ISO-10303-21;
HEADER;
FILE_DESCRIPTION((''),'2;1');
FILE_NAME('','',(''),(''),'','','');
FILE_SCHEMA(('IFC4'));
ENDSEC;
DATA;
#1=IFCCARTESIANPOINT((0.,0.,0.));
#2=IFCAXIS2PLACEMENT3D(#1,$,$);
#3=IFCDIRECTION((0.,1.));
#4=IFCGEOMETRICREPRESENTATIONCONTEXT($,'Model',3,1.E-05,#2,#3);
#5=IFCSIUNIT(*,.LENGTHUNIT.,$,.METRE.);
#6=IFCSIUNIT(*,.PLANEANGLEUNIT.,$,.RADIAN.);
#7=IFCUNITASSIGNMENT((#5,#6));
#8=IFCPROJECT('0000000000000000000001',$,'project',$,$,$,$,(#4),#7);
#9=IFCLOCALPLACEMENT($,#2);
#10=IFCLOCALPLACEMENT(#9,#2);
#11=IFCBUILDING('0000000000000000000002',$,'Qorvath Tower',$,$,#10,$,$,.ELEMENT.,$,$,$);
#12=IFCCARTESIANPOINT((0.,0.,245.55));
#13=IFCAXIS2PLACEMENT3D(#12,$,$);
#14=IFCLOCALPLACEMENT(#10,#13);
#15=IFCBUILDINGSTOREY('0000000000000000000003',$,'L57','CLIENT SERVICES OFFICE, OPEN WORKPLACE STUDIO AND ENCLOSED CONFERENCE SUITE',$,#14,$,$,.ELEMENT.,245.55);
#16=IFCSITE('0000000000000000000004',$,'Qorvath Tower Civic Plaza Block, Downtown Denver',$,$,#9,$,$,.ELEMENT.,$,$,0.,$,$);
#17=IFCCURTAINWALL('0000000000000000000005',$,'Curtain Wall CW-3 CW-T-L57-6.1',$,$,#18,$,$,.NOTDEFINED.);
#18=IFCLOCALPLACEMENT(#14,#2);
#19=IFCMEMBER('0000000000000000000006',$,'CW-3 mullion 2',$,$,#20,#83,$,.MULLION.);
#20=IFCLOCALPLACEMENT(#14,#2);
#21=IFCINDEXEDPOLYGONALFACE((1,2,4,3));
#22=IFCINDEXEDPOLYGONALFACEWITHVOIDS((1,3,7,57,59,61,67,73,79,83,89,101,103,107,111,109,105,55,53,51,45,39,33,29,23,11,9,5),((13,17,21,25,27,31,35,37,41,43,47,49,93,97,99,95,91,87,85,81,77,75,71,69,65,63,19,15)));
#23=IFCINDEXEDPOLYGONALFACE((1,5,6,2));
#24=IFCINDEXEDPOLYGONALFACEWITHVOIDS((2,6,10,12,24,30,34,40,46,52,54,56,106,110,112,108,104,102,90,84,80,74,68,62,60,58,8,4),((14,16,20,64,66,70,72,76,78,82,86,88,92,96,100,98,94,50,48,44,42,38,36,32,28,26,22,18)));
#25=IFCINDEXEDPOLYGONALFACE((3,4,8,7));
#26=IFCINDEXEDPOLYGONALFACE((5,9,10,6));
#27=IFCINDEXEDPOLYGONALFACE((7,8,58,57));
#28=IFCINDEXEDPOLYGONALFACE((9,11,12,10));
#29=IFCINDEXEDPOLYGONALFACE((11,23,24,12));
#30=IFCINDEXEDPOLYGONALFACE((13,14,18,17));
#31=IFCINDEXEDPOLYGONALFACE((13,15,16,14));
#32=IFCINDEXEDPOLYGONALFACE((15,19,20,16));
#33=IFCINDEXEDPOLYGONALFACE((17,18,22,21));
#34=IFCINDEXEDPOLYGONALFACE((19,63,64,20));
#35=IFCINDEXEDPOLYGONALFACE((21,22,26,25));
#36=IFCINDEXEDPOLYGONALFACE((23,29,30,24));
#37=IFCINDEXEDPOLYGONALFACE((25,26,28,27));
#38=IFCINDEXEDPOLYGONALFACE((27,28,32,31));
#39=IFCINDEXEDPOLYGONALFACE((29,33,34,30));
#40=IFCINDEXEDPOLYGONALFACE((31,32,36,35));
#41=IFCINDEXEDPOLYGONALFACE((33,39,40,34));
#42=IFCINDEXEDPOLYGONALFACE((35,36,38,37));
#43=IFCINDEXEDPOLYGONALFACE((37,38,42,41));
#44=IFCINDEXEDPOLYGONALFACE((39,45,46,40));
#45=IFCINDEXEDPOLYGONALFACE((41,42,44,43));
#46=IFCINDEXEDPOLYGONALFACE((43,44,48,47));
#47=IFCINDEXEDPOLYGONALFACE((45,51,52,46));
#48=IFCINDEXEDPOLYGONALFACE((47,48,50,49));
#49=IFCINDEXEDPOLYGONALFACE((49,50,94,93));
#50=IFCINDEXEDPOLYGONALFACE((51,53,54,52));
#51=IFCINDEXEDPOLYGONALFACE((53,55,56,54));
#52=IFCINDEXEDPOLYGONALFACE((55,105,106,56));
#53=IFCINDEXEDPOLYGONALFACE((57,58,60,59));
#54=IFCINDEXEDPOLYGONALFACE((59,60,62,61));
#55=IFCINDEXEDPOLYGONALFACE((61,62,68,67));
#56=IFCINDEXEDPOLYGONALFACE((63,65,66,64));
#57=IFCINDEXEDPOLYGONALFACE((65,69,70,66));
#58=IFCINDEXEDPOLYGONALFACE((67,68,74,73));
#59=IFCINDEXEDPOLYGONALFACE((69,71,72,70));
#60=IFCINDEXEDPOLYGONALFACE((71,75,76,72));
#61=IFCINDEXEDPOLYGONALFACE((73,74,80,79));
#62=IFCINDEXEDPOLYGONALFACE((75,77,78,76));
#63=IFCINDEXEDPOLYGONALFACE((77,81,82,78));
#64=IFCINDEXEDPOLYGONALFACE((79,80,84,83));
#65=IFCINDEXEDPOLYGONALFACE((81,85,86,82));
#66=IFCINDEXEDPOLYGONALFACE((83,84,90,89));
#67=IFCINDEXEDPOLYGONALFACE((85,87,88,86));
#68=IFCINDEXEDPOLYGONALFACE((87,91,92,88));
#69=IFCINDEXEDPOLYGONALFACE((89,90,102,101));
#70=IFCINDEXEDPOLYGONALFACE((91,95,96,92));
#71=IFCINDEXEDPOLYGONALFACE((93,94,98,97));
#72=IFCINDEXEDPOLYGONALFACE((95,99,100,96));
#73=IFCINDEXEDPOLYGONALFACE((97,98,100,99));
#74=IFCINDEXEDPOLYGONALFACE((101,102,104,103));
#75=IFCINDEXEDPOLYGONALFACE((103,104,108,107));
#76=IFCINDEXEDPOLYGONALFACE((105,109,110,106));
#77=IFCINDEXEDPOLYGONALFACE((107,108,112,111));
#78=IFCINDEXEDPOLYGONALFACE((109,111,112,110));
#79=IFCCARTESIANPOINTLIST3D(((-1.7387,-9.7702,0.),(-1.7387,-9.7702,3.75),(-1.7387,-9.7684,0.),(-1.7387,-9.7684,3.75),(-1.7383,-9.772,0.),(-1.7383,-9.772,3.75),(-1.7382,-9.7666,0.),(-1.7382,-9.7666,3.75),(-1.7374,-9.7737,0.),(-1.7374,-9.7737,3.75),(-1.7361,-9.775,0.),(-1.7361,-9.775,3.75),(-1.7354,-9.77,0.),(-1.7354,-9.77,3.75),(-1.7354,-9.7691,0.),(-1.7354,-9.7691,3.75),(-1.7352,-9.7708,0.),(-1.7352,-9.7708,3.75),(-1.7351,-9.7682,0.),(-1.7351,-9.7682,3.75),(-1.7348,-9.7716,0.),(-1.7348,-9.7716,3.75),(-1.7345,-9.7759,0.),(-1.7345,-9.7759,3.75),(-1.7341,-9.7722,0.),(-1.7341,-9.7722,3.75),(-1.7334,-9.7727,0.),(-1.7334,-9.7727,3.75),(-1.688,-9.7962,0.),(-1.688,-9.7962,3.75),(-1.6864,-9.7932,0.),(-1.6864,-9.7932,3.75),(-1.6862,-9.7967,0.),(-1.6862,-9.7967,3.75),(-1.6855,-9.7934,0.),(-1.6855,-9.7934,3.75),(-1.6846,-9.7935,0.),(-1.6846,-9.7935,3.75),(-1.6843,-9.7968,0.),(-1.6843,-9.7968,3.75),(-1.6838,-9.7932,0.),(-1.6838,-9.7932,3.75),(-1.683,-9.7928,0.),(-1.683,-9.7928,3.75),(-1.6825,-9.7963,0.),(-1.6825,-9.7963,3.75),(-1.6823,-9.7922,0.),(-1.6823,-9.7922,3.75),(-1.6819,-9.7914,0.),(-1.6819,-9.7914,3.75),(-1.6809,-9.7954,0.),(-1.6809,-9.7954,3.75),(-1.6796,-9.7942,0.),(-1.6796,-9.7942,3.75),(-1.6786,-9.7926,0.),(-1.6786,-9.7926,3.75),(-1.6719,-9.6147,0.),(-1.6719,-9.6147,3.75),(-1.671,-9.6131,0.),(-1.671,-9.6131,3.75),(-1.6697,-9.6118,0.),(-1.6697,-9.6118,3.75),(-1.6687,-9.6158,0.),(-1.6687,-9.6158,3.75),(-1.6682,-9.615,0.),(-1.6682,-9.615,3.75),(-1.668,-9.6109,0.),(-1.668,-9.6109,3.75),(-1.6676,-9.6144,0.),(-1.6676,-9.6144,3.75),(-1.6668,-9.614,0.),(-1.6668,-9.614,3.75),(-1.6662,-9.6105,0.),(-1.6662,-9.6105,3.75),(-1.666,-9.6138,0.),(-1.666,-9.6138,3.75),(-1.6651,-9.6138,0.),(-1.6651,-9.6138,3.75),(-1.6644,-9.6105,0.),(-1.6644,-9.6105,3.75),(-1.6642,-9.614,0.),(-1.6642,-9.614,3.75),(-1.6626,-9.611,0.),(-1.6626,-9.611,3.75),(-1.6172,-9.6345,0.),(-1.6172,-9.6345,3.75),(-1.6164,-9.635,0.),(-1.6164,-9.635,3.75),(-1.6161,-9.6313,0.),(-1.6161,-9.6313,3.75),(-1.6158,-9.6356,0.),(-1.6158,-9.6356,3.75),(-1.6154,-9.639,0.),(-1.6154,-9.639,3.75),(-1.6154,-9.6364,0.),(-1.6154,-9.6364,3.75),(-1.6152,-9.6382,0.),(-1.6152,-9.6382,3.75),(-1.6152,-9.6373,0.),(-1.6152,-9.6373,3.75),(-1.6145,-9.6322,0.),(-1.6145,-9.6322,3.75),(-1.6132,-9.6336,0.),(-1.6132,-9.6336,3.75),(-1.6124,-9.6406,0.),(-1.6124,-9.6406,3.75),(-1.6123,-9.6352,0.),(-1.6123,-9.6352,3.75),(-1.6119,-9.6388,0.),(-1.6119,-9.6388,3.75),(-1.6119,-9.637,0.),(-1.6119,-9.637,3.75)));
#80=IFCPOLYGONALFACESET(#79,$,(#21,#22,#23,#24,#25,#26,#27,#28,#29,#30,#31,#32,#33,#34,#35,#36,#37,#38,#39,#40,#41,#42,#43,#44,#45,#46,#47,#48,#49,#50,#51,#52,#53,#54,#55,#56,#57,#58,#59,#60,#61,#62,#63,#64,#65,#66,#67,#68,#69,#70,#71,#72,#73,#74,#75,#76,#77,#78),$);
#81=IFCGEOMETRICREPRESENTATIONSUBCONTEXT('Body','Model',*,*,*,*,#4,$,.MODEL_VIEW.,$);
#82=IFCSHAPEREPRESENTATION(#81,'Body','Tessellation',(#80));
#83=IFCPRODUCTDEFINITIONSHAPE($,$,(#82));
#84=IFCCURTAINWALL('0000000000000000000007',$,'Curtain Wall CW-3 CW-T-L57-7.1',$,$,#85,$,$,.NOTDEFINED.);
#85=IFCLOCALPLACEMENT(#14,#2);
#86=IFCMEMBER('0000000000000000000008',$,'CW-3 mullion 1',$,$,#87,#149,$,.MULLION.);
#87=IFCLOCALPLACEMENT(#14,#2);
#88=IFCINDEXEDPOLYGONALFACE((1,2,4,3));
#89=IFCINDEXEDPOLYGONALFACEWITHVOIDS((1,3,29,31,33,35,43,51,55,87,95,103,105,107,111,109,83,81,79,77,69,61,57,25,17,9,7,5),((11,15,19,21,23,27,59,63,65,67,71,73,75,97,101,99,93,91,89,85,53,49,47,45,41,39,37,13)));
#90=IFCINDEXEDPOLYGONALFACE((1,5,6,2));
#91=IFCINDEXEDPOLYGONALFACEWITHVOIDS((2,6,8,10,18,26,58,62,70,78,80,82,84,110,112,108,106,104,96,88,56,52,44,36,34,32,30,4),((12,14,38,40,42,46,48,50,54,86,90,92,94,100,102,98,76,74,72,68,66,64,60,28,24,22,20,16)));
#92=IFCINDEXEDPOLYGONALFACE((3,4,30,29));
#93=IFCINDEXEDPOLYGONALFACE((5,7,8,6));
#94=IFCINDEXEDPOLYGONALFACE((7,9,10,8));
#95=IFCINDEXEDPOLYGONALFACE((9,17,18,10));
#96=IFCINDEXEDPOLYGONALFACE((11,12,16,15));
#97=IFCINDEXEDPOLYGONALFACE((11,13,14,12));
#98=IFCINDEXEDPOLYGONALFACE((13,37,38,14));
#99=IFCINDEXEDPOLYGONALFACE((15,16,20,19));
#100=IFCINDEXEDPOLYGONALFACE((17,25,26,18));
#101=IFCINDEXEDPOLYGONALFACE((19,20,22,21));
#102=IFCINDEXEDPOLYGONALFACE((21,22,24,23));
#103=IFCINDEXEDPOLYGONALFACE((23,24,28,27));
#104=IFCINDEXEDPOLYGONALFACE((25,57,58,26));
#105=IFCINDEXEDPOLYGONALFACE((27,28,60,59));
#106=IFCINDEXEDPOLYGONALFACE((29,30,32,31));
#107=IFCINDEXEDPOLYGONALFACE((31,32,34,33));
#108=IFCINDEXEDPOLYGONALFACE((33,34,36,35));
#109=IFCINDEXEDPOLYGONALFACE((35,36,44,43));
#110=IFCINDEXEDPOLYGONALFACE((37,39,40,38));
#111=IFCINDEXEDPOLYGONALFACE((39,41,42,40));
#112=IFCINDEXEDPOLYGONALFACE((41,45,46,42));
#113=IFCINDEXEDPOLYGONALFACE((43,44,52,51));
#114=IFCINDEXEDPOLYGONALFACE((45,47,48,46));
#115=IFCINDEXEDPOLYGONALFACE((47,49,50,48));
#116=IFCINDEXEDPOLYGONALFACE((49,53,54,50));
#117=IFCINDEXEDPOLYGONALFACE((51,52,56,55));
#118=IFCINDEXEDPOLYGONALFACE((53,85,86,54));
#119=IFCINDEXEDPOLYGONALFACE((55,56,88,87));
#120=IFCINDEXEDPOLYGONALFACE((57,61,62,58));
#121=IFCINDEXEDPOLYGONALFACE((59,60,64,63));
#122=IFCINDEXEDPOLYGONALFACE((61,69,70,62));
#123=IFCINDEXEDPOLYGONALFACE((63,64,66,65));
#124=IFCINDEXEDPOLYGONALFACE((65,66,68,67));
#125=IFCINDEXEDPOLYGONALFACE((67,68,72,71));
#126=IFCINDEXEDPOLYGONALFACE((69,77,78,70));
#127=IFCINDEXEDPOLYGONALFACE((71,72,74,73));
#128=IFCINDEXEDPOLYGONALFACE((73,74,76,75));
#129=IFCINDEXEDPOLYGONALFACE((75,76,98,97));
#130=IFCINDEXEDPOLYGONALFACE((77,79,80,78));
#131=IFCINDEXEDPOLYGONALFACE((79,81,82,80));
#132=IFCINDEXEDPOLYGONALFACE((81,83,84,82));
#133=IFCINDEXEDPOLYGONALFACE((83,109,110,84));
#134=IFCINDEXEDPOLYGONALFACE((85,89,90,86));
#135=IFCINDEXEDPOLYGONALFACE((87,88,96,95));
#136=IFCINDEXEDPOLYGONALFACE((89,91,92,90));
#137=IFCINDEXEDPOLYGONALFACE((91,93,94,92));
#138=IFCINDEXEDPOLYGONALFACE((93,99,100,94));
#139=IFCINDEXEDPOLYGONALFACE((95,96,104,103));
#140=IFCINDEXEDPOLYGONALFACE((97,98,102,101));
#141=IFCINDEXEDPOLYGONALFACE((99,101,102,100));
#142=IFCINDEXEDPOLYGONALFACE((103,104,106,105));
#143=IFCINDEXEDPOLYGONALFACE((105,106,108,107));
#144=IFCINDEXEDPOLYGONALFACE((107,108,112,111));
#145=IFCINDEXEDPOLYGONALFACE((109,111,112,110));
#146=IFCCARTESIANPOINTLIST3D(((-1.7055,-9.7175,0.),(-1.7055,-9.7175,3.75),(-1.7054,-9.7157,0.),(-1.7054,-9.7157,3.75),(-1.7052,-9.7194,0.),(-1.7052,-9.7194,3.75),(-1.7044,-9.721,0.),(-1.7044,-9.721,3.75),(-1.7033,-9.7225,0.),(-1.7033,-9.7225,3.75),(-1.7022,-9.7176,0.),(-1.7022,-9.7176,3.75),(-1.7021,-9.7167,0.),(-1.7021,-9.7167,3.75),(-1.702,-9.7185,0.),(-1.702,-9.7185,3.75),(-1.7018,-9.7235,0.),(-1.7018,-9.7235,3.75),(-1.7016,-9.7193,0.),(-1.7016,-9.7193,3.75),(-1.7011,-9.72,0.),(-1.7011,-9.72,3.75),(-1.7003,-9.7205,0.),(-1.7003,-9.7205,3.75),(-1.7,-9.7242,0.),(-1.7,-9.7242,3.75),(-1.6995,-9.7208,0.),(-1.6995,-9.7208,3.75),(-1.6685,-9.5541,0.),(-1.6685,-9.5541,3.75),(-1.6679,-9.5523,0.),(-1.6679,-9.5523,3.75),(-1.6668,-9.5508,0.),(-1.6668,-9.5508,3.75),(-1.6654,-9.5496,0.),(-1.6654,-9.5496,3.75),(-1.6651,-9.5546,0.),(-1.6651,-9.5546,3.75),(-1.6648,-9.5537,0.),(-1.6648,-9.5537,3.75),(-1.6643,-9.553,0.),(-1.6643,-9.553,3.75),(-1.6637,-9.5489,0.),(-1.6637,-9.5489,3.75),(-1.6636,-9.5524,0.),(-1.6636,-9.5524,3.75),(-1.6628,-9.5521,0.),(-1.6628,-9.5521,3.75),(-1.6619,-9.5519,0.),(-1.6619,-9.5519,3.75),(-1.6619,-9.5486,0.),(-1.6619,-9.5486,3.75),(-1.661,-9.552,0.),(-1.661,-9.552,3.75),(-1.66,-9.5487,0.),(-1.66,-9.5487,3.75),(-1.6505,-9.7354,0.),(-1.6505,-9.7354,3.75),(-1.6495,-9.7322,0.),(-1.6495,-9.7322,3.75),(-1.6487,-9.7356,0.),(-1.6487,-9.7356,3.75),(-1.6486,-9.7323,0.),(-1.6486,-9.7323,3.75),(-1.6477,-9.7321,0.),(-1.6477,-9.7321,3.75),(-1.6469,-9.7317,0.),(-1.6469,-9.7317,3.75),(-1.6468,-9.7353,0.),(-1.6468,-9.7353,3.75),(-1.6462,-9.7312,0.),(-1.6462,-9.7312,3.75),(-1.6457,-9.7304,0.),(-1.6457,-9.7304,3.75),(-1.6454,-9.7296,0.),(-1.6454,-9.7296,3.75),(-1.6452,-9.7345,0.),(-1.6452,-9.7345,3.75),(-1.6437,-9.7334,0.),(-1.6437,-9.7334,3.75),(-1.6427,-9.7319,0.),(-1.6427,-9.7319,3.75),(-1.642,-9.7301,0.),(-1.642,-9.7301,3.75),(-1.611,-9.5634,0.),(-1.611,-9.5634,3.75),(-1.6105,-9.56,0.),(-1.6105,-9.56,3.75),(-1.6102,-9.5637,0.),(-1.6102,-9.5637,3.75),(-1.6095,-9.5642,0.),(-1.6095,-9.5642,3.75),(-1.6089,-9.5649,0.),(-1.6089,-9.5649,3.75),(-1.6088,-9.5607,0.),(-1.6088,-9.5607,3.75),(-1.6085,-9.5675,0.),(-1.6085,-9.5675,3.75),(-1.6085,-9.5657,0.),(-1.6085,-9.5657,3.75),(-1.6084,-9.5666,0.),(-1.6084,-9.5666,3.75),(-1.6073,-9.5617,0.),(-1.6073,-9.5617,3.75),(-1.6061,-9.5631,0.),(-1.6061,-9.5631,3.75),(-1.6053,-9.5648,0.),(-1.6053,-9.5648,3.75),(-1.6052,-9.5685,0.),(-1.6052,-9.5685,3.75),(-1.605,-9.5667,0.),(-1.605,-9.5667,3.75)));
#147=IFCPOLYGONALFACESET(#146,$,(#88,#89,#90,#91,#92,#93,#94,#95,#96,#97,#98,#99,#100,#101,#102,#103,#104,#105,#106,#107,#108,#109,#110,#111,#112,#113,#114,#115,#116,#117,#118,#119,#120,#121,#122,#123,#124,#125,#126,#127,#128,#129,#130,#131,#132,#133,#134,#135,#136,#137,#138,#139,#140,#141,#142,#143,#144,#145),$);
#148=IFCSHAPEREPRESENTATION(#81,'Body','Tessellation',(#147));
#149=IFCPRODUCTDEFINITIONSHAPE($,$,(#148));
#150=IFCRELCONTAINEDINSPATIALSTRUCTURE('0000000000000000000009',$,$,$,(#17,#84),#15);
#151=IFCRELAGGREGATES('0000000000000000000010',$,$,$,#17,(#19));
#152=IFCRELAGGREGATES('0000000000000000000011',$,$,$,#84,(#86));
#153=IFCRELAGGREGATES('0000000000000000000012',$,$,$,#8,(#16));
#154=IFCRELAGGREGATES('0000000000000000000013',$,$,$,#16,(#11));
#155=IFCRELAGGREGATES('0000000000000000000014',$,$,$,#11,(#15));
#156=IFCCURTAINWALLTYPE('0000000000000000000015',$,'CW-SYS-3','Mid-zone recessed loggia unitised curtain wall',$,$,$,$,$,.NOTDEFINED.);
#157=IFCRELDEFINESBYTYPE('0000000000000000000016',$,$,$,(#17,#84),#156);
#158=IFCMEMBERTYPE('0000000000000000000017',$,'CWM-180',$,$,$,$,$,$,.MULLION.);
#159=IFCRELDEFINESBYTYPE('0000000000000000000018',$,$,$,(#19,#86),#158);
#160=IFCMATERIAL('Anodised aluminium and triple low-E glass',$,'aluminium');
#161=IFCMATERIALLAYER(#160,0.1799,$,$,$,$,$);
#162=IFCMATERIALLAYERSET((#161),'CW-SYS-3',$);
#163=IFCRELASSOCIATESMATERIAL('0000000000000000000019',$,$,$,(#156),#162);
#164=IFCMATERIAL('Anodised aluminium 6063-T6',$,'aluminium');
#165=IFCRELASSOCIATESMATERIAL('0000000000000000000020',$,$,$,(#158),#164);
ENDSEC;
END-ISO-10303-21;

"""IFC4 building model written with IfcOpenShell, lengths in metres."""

from ifc_helpers import new_model, si_unit, direction, frame, origin, origin_2d, place, context, subcontext, project, spatial, hollow_rectangle, extrude, material, layer, layer_set, material_profile, profile_set, type_object, element, aggregate, save


model = new_model("IFC4")

# Units and contexts
model_context = context("Model", 3, precision=1e-05, world=origin(), true_north=direction((0.0, 1.0)))
body_context = subcontext(model_context, "Body", "Model", "MODEL_VIEW")
ifc_project = project(units=[si_unit("LENGTHUNIT", "METRE"), si_unit("PLANEANGLEUNIT", "RADIAN")], contexts=[model_context])

# Site, building, storey
site_placement = place(None, origin())
site = spatial("IfcSite", under=ifc_project, at=site_placement, Name="Qorvath Tower Civic Plaza Block, Downtown Denver", CompositionType="ELEMENT", RefElevation=0.0)
building_placement = place(site_placement, origin())
building = spatial("IfcBuilding", under=site, at=building_placement, Name="Qorvath Tower", CompositionType="ELEMENT")
storey_placement = place(building_placement, frame((0.0, 0.0, 245.55)))
storey = spatial("IfcBuildingStorey", under=building, at=storey_placement, Name="L57", Description="CLIENT SERVICES OFFICE, OPEN WORKPLACE STUDIO AND ENCLOSED CONFERENCE SUITE", CompositionType="ELEMENT", Elevation=245.55)

# Curtain wall, member
ifc_material_1 = material(Name="Anodised aluminium and triple low-E glass", Category="aluminium")
ifc_layer_1 = layer(ifc_material_1, 0.1799)
ifc_layer_set_1 = layer_set([ifc_layer_1], Name="CW-SYS-3")
curtain_wall_type = type_object("IfcCurtainWallType", Name="CW-SYS-3", Description="Mid-zone recessed loggia unitised curtain wall", PredefinedType="NOTDEFINED", material=ifc_layer_set_1)
curtain_wall_1_placement = place(storey_placement, origin())
curtain_wall_1 = element("IfcCurtainWall", 1, at=curtain_wall_1_placement, inside=storey, type_object=curtain_wall_type, Name="Curtain Wall CW-3 CW-T-L57-6.1", PredefinedType="NOTDEFINED")
ifc_material_2 = material(Name="Anodised aluminium 6063-T6", Category="aluminium")
ifc_material_profile_1 = material_profile(ifc_material_2, hollow_rectangle(XDim=0.0649, YDim=0.1799, WallThickness=0.0034, InnerFilletRadius=0.0034, OuterFilletRadius=0.0071, at=origin_2d()), Name="CWM 180x65")
ifc_profile_set_1 = profile_set([ifc_material_profile_1], Name="Anodised aluminium 6063-T6")
member_type_1 = type_object("IfcMemberType", Name="CWM-180", PredefinedType="MULLION", material=ifc_profile_set_1)
member_1_placement = place(storey_placement, frame((-1.6753, -9.7036, 0.0), z_axis=(0.0, 0.0, 1.0), x_axis=(-0.9167, 0.399576, 0.0)))
member_1 = element("IfcMember", 2, at=member_1_placement, type_object=member_type_1, Name="CW-3 mullion 2", PredefinedType="MULLION", context=body_context, shape_type="SweptSolid", body=[
    extrude(hollow_rectangle(XDim=0.0649, YDim=0.1799, WallThickness=0.0034, InnerFilletRadius=0.0034, OuterFilletRadius=0.0071, at=origin_2d()), origin(), (0.0, 0.0, 1.0), 3.75),
])

# Curtain wall, member
curtain_wall_2_placement = place(storey_placement, origin())
curtain_wall_2 = element("IfcCurtainWall", 3, at=curtain_wall_2_placement, inside=storey, type_object=curtain_wall_type, Name="Curtain Wall CW-3 CW-T-L57-7.1", PredefinedType="NOTDEFINED")
member_2_placement = place(storey_placement, frame((-1.6553, -9.6421, 0.0), z_axis=(0.0, 0.0, 1.0), x_axis=(-0.975, 0.222206, 0.0)))
member_2 = element("IfcMember", 4, at=member_2_placement, type_object=member_type_1, Name="CW-3 mullion 1", PredefinedType="MULLION", context=body_context, shape_type="SweptSolid", body=[
    extrude(hollow_rectangle(XDim=0.0649, YDim=0.1799, WallThickness=0.0034, InnerFilletRadius=0.0034, OuterFilletRadius=0.0071, at=origin_2d()), origin(), (0.0, 0.0, 1.0), 3.75),
])

aggregate(curtain_wall_1, [member_1])
aggregate(curtain_wall_2, [member_2])

save(model, "model.ifc")
